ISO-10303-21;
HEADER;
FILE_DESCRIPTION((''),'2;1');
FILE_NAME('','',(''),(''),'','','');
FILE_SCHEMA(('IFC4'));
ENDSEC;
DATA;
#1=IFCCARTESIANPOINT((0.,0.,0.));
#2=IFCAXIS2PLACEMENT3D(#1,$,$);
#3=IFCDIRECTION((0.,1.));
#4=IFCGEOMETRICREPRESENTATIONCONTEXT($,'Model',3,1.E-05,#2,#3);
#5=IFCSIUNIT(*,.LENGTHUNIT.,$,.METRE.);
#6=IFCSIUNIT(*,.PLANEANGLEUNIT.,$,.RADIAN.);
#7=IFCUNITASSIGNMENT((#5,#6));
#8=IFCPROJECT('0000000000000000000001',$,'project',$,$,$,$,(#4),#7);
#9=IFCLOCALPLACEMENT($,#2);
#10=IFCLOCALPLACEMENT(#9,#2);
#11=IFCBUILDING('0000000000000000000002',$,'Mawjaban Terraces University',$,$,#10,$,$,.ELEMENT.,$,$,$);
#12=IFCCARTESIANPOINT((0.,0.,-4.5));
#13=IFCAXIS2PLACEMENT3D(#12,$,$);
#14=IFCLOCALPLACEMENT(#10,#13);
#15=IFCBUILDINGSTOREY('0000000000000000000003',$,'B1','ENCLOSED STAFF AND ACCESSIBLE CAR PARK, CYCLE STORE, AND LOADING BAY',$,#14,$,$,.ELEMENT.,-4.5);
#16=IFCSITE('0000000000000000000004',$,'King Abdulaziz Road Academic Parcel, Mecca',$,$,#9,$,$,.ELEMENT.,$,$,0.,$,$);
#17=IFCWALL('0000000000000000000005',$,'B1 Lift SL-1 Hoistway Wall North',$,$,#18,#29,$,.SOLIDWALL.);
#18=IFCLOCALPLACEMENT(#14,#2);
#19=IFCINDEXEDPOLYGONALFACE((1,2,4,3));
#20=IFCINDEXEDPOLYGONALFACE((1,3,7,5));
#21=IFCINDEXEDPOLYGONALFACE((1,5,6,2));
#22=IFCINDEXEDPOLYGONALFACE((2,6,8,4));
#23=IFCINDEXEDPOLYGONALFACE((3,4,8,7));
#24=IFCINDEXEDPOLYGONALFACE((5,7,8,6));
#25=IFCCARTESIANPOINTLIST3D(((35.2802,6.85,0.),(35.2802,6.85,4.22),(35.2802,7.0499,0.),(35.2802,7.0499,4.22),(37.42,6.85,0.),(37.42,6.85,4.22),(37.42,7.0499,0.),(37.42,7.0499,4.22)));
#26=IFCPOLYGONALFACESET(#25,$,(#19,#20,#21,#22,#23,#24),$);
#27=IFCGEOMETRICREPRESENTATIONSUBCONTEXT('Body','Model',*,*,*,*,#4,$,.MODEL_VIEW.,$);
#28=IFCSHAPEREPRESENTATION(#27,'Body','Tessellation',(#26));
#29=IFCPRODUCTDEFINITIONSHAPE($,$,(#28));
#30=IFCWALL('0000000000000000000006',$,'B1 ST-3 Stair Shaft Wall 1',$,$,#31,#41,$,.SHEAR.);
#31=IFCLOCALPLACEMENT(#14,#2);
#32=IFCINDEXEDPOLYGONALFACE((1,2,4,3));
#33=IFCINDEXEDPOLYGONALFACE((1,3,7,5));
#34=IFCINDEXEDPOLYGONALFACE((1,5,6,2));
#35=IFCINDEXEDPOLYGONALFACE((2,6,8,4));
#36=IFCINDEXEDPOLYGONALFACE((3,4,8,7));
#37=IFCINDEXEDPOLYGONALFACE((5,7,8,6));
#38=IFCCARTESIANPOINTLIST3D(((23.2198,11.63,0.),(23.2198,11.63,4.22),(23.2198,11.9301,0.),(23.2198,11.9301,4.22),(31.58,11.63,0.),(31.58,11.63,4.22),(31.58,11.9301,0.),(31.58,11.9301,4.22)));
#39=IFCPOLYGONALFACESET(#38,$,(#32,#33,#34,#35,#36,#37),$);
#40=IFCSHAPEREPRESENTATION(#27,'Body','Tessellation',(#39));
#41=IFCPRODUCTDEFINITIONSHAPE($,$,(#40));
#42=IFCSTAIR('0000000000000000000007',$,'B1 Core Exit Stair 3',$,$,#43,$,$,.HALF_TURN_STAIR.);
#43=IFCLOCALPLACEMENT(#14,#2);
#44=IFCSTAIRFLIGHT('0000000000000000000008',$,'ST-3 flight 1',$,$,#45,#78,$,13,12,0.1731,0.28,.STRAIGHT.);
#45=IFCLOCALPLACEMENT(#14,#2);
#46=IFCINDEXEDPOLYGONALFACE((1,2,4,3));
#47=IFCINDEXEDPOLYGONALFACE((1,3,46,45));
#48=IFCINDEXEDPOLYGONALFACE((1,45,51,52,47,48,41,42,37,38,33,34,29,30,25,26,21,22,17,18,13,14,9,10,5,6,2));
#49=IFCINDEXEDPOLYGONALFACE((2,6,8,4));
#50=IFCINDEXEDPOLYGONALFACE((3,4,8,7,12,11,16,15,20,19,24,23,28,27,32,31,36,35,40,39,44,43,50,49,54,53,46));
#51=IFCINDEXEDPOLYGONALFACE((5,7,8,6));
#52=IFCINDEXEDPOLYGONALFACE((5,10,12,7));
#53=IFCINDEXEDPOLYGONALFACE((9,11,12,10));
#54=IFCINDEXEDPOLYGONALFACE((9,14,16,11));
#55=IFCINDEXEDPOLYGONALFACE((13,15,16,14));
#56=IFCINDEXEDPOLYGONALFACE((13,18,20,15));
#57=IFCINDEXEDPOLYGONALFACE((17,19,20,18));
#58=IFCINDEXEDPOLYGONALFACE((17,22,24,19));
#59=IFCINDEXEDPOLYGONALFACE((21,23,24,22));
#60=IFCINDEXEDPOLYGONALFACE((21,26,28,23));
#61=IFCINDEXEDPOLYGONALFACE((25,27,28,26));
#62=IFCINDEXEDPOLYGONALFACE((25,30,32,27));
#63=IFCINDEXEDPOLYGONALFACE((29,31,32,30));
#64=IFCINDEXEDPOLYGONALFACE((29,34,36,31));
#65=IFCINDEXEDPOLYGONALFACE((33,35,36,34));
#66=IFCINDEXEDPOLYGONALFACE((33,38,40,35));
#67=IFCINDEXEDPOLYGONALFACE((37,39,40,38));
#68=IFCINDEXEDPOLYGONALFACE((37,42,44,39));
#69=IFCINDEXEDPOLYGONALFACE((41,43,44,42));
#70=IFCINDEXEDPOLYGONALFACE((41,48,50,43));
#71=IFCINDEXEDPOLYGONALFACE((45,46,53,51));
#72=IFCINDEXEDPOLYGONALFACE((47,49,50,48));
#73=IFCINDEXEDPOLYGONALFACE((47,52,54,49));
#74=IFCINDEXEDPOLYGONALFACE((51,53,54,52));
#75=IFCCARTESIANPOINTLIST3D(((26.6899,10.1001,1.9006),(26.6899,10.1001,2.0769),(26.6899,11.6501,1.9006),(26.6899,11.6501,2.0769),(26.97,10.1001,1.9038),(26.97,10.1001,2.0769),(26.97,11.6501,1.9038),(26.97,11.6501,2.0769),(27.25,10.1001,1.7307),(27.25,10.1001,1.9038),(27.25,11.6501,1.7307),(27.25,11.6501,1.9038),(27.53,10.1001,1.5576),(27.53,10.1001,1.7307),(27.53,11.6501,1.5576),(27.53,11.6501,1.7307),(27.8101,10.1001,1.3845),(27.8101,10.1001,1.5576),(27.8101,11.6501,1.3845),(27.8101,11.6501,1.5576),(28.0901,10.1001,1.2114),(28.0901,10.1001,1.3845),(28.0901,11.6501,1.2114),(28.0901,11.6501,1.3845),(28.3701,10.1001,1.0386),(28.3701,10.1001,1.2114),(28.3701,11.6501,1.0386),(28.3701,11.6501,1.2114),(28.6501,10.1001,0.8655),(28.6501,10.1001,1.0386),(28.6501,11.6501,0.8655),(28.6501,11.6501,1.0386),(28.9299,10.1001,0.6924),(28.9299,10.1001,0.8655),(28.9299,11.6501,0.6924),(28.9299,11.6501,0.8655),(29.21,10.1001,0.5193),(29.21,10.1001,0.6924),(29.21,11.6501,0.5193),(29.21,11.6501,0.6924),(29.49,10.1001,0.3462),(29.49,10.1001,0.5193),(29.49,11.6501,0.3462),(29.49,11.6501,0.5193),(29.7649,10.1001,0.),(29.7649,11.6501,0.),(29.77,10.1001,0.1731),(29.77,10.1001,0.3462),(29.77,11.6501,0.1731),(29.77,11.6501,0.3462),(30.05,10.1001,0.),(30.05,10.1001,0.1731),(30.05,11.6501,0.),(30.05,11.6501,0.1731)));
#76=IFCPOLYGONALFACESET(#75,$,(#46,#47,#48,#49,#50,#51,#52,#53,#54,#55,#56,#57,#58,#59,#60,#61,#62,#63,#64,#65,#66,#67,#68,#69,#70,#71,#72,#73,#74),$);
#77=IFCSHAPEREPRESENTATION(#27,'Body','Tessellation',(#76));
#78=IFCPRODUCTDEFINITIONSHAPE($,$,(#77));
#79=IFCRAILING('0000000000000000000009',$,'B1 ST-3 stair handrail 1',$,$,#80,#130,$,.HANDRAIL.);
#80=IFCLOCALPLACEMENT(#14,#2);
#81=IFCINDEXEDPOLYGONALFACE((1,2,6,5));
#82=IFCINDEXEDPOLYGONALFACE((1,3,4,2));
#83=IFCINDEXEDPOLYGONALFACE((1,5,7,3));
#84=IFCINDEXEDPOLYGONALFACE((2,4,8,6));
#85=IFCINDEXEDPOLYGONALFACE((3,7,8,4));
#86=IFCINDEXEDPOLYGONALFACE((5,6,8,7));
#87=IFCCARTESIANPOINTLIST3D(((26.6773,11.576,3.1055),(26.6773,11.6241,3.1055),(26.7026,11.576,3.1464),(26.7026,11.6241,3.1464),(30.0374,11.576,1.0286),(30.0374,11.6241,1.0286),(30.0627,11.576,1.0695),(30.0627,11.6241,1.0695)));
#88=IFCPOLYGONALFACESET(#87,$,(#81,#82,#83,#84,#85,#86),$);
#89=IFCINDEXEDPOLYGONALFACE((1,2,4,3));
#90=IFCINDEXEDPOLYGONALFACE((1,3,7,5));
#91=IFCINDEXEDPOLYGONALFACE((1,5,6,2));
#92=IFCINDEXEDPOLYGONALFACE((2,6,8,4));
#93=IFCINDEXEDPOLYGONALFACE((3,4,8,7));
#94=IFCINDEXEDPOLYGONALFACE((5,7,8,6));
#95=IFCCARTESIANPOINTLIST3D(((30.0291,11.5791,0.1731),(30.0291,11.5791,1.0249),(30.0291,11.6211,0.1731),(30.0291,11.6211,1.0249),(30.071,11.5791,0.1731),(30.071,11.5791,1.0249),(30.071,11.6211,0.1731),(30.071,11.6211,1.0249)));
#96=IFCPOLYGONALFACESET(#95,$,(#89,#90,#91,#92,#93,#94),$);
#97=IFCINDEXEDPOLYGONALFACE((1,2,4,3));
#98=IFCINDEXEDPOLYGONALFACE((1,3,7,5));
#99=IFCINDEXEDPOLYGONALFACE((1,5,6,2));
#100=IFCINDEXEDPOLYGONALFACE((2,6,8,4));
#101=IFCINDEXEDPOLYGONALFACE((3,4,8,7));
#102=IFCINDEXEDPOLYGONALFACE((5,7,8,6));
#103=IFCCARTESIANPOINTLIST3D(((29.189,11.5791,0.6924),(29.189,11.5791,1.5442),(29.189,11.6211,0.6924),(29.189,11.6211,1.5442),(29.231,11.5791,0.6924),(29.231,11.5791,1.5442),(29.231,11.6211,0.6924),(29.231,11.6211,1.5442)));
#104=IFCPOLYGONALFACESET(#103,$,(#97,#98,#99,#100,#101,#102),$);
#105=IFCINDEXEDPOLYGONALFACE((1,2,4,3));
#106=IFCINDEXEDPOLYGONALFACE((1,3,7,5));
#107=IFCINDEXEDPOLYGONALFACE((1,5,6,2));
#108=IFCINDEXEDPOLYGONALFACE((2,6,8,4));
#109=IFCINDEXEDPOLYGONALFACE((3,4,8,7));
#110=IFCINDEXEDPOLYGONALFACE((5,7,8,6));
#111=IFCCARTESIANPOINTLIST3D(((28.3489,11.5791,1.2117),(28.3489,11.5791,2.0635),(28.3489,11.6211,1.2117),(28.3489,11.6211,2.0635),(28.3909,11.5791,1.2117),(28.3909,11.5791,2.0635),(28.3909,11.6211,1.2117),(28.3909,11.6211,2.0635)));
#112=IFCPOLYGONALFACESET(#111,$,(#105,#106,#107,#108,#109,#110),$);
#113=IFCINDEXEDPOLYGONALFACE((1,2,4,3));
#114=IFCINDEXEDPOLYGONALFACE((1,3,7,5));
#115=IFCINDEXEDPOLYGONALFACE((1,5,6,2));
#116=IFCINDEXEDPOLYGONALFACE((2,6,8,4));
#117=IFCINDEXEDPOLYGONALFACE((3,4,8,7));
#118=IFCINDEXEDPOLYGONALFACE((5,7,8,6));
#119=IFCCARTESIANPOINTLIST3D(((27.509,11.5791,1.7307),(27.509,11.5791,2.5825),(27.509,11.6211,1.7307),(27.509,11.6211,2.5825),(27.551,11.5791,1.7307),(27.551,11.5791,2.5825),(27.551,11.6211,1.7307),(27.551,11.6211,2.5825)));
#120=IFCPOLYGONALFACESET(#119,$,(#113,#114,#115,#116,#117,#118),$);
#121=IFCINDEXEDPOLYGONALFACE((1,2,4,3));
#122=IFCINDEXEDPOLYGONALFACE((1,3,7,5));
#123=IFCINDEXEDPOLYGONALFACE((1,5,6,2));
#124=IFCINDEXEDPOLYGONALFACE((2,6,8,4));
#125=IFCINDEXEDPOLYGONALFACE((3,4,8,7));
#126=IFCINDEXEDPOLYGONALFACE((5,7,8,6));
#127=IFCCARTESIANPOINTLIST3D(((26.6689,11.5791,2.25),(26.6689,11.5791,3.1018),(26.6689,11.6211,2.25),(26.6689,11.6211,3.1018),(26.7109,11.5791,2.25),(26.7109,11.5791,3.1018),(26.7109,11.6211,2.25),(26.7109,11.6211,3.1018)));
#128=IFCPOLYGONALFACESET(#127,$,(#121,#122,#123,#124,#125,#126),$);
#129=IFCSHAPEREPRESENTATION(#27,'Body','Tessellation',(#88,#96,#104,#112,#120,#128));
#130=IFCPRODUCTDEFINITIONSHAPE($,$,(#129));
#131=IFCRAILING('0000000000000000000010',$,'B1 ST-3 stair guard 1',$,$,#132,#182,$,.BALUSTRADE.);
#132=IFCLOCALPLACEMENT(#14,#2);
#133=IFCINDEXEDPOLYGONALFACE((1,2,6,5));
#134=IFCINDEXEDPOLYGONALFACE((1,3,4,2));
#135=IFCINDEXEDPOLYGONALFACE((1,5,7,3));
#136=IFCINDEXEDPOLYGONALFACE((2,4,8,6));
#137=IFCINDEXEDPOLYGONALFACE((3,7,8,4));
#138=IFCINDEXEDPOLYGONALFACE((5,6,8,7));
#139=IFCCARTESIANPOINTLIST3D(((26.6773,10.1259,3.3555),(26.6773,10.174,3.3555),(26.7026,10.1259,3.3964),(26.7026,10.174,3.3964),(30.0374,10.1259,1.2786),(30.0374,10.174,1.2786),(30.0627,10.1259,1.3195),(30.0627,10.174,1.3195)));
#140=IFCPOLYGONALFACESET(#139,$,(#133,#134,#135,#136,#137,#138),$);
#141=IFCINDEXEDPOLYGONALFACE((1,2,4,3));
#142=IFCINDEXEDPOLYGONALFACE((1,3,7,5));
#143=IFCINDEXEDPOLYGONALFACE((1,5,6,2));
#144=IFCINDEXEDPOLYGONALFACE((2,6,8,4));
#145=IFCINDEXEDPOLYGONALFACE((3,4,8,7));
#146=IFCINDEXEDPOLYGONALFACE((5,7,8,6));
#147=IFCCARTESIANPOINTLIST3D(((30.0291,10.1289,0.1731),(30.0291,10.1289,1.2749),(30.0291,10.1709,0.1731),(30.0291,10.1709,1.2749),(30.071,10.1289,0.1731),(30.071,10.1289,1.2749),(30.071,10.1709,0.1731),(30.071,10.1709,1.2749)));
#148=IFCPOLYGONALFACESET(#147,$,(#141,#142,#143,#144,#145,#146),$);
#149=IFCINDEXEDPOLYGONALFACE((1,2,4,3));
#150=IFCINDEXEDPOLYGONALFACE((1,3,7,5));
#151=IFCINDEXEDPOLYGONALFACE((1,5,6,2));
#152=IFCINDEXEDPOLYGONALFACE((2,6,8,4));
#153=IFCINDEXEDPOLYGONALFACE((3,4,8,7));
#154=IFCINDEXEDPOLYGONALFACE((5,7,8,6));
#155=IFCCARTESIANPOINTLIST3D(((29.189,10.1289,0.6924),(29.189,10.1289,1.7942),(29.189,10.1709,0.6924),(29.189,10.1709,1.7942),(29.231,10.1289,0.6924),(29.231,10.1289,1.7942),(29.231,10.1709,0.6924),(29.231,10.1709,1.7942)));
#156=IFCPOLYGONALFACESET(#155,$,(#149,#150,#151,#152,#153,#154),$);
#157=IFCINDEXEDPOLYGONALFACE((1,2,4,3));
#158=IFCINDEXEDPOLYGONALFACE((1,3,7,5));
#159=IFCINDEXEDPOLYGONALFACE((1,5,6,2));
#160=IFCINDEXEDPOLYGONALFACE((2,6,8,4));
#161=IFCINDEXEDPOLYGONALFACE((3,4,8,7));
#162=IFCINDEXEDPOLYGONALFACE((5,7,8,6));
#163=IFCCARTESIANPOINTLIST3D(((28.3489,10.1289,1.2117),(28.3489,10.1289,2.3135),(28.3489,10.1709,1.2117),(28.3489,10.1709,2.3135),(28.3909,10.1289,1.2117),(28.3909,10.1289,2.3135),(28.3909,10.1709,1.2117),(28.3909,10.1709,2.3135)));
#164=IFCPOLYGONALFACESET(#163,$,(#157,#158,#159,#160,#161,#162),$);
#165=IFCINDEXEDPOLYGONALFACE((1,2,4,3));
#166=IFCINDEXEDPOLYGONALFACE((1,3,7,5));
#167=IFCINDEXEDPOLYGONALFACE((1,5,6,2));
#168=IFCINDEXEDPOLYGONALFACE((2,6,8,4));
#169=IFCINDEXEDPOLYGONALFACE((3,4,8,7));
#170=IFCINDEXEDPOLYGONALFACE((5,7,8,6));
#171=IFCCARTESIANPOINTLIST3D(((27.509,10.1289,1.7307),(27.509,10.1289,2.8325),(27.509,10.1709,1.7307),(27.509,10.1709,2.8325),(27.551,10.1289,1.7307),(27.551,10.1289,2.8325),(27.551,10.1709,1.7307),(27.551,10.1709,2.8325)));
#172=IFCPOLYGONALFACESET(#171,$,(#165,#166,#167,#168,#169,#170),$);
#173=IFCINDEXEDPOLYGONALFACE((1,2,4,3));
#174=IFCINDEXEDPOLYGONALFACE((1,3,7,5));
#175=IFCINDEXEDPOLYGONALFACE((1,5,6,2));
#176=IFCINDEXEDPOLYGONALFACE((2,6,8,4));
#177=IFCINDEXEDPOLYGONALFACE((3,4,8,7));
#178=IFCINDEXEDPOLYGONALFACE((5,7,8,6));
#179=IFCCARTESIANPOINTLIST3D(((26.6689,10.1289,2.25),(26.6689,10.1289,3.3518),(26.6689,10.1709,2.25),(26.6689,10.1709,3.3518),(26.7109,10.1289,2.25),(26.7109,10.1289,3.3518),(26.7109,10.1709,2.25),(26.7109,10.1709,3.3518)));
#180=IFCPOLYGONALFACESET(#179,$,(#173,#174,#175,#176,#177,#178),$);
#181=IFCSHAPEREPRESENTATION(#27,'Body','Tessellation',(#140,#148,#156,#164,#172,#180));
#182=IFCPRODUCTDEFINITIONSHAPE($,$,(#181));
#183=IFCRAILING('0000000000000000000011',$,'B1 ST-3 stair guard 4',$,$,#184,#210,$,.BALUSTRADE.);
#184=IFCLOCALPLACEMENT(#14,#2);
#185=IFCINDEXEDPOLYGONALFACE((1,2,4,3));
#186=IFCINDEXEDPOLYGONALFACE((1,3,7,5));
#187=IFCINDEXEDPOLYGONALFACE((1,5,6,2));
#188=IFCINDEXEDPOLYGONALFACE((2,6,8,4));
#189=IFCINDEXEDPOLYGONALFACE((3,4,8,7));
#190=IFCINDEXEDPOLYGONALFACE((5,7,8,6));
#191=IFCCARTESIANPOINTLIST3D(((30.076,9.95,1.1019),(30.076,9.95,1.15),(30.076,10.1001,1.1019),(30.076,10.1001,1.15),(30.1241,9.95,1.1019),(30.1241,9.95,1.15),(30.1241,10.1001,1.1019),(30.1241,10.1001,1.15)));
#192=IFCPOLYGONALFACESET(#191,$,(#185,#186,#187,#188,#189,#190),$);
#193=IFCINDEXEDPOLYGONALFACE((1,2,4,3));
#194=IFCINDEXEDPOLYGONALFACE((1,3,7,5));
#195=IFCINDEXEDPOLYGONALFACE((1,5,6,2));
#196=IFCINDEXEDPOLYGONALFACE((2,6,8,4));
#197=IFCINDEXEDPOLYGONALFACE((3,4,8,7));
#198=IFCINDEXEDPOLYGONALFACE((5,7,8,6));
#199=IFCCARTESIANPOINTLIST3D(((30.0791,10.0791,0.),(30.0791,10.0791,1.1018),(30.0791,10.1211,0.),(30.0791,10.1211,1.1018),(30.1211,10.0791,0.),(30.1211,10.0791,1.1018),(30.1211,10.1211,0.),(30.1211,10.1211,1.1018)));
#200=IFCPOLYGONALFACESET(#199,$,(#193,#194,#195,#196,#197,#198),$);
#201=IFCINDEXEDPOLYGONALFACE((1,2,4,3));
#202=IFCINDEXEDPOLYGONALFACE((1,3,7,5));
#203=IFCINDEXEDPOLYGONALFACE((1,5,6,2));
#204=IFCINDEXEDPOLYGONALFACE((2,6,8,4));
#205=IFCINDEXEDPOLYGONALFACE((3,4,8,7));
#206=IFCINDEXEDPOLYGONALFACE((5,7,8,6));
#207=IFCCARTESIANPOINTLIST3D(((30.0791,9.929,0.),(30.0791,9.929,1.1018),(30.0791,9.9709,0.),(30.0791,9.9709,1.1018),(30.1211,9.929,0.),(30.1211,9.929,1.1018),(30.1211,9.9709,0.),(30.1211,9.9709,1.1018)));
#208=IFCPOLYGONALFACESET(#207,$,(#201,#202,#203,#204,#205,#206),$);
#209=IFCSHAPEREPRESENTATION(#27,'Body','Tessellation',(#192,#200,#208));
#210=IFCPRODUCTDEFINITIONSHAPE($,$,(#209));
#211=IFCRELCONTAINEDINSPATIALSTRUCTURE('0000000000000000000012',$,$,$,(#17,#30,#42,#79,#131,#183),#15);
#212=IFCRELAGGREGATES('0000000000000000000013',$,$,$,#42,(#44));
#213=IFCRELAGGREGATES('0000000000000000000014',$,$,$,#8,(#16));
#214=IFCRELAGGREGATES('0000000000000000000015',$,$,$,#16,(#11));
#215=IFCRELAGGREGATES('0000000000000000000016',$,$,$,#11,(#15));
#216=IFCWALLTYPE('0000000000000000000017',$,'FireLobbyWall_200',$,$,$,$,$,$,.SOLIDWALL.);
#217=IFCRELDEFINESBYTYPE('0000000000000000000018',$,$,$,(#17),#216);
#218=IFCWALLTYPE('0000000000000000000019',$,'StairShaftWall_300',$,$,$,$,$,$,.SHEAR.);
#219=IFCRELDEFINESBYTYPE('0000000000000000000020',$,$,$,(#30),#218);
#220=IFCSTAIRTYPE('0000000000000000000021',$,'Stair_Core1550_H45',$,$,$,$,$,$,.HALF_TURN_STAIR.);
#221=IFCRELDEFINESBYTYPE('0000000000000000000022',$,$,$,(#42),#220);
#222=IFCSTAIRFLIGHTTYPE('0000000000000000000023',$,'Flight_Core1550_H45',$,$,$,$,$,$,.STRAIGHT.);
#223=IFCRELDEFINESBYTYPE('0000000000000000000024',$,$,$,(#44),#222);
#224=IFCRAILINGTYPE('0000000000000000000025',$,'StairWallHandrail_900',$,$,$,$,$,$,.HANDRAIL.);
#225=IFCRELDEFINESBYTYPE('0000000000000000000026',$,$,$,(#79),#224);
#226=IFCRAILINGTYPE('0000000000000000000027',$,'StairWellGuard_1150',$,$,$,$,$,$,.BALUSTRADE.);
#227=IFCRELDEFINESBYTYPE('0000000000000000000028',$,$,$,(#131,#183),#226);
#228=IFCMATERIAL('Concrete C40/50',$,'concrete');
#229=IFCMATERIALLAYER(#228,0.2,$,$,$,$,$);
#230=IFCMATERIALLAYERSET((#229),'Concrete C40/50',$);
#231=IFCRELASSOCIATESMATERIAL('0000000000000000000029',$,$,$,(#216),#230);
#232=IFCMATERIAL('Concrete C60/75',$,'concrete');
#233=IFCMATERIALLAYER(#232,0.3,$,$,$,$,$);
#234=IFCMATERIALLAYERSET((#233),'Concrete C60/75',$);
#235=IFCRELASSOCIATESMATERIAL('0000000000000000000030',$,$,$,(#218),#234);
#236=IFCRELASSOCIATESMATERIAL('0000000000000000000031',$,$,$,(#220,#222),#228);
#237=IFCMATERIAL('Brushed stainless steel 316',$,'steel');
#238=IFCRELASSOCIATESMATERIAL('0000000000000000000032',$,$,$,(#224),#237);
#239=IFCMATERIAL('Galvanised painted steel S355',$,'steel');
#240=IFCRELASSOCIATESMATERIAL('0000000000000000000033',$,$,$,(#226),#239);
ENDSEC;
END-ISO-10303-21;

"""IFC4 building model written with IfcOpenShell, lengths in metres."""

from ifc_helpers import new_model, si_unit, direction, frame, frame_2d, origin, origin_2d, place, context, subcontext, project, spatial, polyline, rectangle, outline, extrude, material, layer, layer_set, type_object, element, aggregate, save


model = new_model("IFC4")

# Units and contexts
model_context = context("Model", 3, precision=1e-05, world=origin(), true_north=direction((0.0, 1.0)))
body_context = subcontext(model_context, "Body", "Model", "MODEL_VIEW")
ifc_project = project(units=[si_unit("LENGTHUNIT", "METRE"), si_unit("PLANEANGLEUNIT", "RADIAN")], contexts=[model_context])

# Site, building, storey
site_placement = place(None, origin())
site = spatial("IfcSite", under=ifc_project, at=site_placement, Name="King Abdulaziz Road Academic Parcel, Mecca", CompositionType="ELEMENT", RefElevation=0.0)
building_placement = place(site_placement, origin())
building = spatial("IfcBuilding", under=site, at=building_placement, Name="Mawjaban Terraces University", CompositionType="ELEMENT")
storey_placement = place(building_placement, frame((0.0, 0.0, -4.5)))
storey = spatial("IfcBuildingStorey", under=building, at=storey_placement, Name="B1", Description="ENCLOSED STAFF AND ACCESSIBLE CAR PARK, CYCLE STORE, AND LOADING BAY", CompositionType="ELEMENT", Elevation=-4.5)

# Shared definitions
ifc_material_1 = material(Name="Concrete C40/50", Category="concrete")
ifc_layer_1 = layer(ifc_material_1, 0.2)
ifc_layer_set_1 = layer_set([ifc_layer_1], Name="Concrete C40/50")
wall_type_1 = type_object("IfcWallType", Name="FireLobbyWall_200", PredefinedType="SOLIDWALL", material=ifc_layer_set_1)

# Walls
wall_1_placement = place(storey_placement, frame((37.4199, 6.95, 0.0), z_axis=(0.0, 0.0, 1.0), x_axis=(-1.0, 0.0, 0.0)))
element("IfcWall", 1, at=wall_1_placement, inside=storey, type_object=wall_type_1, Name="B1 Lift SL-1 Hoistway Wall North", PredefinedType="SOLIDWALL", context=body_context, shape_type="SweptSolid", body=[
    extrude(rectangle(XDim=2.1399, YDim=0.2, at=frame_2d((1.0698, 0.0))), origin(), (0.0, 0.0, 1.0), 4.22),
])
ifc_material_2 = material(Name="Concrete C60/75", Category="concrete")
ifc_layer_2 = layer(ifc_material_2, 0.3)
ifc_layer_set_2 = layer_set([ifc_layer_2], Name="Concrete C60/75")
wall_type_2 = type_object("IfcWallType", Name="StairShaftWall_300", PredefinedType="SHEAR", material=ifc_layer_set_2)
wall_2_placement = place(storey_placement, frame((31.5801, 11.78, 0.0), z_axis=(0.0, 0.0, 1.0), x_axis=(-1.0, 0.0, 0.0)))
element("IfcWall", 2, at=wall_2_placement, inside=storey, type_object=wall_type_2, Name="B1 ST-3 Stair Shaft Wall 1", PredefinedType="SHEAR", context=body_context, shape_type="SweptSolid", body=[
    extrude(rectangle(XDim=8.3601, YDim=0.3, at=frame_2d((4.1802, 0.0))), origin(), (0.0, 0.0, 1.0), 4.22),
])

# Stair, stair flight
stair_type = type_object("IfcStairType", Name="Stair_Core1550_H45", PredefinedType="HALF_TURN_STAIR", material=ifc_material_1)
stair_placement = place(storey_placement, origin())
stair = element("IfcStair", 3, at=stair_placement, inside=storey, type_object=stair_type, Name="B1 Core Exit Stair 3", PredefinedType="HALF_TURN_STAIR")
stair_flight_type = type_object("IfcStairFlightType", Name="Flight_Core1550_H45", PredefinedType="STRAIGHT", material=ifc_material_1)
stair_flight_placement = place(storey_placement, frame((30.05, 10.875, 0.0), z_axis=(0.0, 0.0, 1.0), x_axis=(-1.0, 0.0, 0.0)))
stair_flight = element("IfcStairFlight", 4, at=stair_flight_placement, type_object=stair_flight_type, Name="ST-3 flight 1", NumberOfRisers=13, NumberOfTreads=12, PredefinedType="STRAIGHT", RiserHeight=0.1731, TreadLength=0.28, context=body_context, shape_type="SweptSolid", body=[
    extrude(outline(polyline([(0.0, 0.0), (0.0, 0.1731), (0.28, 0.1731), (0.28, 0.3462), (0.5601, 0.3462), (0.5601, 0.5193), (0.8401, 0.5193), (0.8401, 0.6924), (1.1201, 0.6924), (1.1201, 0.8655), (1.3999, 0.8655), (1.3999, 1.0386), (1.6799, 1.0386), (1.6799, 1.2114), (1.96, 1.2114), (1.96, 1.3845), (2.24, 1.3845), (2.24, 1.5576), (2.52, 1.5576), (2.52, 1.7307), (2.8, 1.7307), (2.8, 1.9038), (3.0801, 1.9038), (3.0801, 2.0769), (3.3601, 2.0769), (3.3601, 2.25), (3.3601, 1.9006), (0.2852, 0.0), (0.0, 0.0)])), frame((0.0, 0.7749, 0.0), z_axis=(0.0, -1.0, 0.0), x_axis=(1.0, 0.0, 0.0)), (0.0, 0.0, 1.0), 1.55),
])
aggregate(stair, [stair_flight])

# Railings
ifc_material_3 = material(Name="Brushed stainless steel 316", Category="steel")
railing_type_1 = type_object("IfcRailingType", Name="StairWallHandrail_900", PredefinedType="HANDRAIL", material=ifc_material_3)
railing_1_placement = place(storey_placement, frame((30.05, 11.6001, 0.1731)))
element("IfcRailing", 5, at=railing_1_placement, inside=storey, type_object=railing_type_1, Name="B1 ST-3 stair handrail 1", PredefinedType="HANDRAIL", context=body_context, shape_type="SweptSolid", body=[
    extrude(rectangle(XDim=0.0481, YDim=0.0481, at=origin_2d()), frame((0.0, 0.0, 0.876), z_axis=(-0.850623, 0.0, 0.525776), x_axis=(0.0, -1.0, 0.0)), (0.0, 0.0, 1.0), 3.9502),
    extrude(rectangle(XDim=0.042, YDim=0.042, at=origin_2d()), origin(), (0.0, 0.0, 1.0), 0.8518),
    extrude(rectangle(XDim=0.042, YDim=0.042, at=origin_2d()), frame((-0.8401, 0.0, 0.5193)), (0.0, 0.0, 1.0), 0.8518),
    extrude(rectangle(XDim=0.042, YDim=0.042, at=origin_2d()), frame((-1.6802, 0.0, 1.0386)), (0.0, 0.0, 1.0), 0.8518),
    extrude(rectangle(XDim=0.042, YDim=0.042, at=origin_2d()), frame((-2.52, 0.0, 1.5576)), (0.0, 0.0, 1.0), 0.8518),
    extrude(rectangle(XDim=0.042, YDim=0.042, at=origin_2d()), frame((-3.3601, 0.0, 2.0769)), (0.0, 0.0, 1.0), 0.8518),
])
ifc_material_4 = material(Name="Galvanised painted steel S355", Category="steel")
railing_type_2 = type_object("IfcRailingType", Name="StairWellGuard_1150", PredefinedType="BALUSTRADE", material=ifc_material_4)
railing_2_placement = place(storey_placement, frame((30.05, 10.1499, 0.1731)))
element("IfcRailing", 6, at=railing_2_placement, inside=storey, type_object=railing_type_2, Name="B1 ST-3 stair guard 1", PredefinedType="BALUSTRADE", context=body_context, shape_type="SweptSolid", body=[
    extrude(rectangle(XDim=0.0481, YDim=0.0481, at=origin_2d()), frame((0.0, 0.0, 1.126), z_axis=(-0.850623, 0.0, 0.525776), x_axis=(0.0, -1.0, 0.0)), (0.0, 0.0, 1.0), 3.9502),
    extrude(rectangle(XDim=0.042, YDim=0.042, at=origin_2d()), origin(), (0.0, 0.0, 1.0), 1.1018),
    extrude(rectangle(XDim=0.042, YDim=0.042, at=origin_2d()), frame((-0.8401, 0.0, 0.5193)), (0.0, 0.0, 1.0), 1.1018),
    extrude(rectangle(XDim=0.042, YDim=0.042, at=origin_2d()), frame((-1.6802, 0.0, 1.0386)), (0.0, 0.0, 1.0), 1.1018),
    extrude(rectangle(XDim=0.042, YDim=0.042, at=origin_2d()), frame((-2.52, 0.0, 1.5576)), (0.0, 0.0, 1.0), 1.1018),
    extrude(rectangle(XDim=0.042, YDim=0.042, at=origin_2d()), frame((-3.3601, 0.0, 2.0769)), (0.0, 0.0, 1.0), 1.1018),
])
railing_3_placement = place(storey_placement, frame((30.1001, 10.1001, 0.0)))
element("IfcRailing", 7, at=railing_3_placement, inside=storey, type_object=railing_type_2, Name="B1 ST-3 stair guard 4", PredefinedType="BALUSTRADE", context=body_context, shape_type="SweptSolid", body=[
    extrude(rectangle(XDim=0.0481, YDim=0.0481, at=origin_2d()), frame((0.0, 0.0, 1.126), z_axis=(0.0, -1.0, 0.0), x_axis=(1.0, 0.0, 0.0)), (0.0, 0.0, 1.0), 0.1501),
    extrude(rectangle(XDim=0.042, YDim=0.042, at=origin_2d()), origin(), (0.0, 0.0, 1.0), 1.1018),
    extrude(rectangle(XDim=0.042, YDim=0.042, at=origin_2d()), frame((0.0, -0.1501, 0.0)), (0.0, 0.0, 1.0), 1.1018),
])

save(model, "model.ifc")
